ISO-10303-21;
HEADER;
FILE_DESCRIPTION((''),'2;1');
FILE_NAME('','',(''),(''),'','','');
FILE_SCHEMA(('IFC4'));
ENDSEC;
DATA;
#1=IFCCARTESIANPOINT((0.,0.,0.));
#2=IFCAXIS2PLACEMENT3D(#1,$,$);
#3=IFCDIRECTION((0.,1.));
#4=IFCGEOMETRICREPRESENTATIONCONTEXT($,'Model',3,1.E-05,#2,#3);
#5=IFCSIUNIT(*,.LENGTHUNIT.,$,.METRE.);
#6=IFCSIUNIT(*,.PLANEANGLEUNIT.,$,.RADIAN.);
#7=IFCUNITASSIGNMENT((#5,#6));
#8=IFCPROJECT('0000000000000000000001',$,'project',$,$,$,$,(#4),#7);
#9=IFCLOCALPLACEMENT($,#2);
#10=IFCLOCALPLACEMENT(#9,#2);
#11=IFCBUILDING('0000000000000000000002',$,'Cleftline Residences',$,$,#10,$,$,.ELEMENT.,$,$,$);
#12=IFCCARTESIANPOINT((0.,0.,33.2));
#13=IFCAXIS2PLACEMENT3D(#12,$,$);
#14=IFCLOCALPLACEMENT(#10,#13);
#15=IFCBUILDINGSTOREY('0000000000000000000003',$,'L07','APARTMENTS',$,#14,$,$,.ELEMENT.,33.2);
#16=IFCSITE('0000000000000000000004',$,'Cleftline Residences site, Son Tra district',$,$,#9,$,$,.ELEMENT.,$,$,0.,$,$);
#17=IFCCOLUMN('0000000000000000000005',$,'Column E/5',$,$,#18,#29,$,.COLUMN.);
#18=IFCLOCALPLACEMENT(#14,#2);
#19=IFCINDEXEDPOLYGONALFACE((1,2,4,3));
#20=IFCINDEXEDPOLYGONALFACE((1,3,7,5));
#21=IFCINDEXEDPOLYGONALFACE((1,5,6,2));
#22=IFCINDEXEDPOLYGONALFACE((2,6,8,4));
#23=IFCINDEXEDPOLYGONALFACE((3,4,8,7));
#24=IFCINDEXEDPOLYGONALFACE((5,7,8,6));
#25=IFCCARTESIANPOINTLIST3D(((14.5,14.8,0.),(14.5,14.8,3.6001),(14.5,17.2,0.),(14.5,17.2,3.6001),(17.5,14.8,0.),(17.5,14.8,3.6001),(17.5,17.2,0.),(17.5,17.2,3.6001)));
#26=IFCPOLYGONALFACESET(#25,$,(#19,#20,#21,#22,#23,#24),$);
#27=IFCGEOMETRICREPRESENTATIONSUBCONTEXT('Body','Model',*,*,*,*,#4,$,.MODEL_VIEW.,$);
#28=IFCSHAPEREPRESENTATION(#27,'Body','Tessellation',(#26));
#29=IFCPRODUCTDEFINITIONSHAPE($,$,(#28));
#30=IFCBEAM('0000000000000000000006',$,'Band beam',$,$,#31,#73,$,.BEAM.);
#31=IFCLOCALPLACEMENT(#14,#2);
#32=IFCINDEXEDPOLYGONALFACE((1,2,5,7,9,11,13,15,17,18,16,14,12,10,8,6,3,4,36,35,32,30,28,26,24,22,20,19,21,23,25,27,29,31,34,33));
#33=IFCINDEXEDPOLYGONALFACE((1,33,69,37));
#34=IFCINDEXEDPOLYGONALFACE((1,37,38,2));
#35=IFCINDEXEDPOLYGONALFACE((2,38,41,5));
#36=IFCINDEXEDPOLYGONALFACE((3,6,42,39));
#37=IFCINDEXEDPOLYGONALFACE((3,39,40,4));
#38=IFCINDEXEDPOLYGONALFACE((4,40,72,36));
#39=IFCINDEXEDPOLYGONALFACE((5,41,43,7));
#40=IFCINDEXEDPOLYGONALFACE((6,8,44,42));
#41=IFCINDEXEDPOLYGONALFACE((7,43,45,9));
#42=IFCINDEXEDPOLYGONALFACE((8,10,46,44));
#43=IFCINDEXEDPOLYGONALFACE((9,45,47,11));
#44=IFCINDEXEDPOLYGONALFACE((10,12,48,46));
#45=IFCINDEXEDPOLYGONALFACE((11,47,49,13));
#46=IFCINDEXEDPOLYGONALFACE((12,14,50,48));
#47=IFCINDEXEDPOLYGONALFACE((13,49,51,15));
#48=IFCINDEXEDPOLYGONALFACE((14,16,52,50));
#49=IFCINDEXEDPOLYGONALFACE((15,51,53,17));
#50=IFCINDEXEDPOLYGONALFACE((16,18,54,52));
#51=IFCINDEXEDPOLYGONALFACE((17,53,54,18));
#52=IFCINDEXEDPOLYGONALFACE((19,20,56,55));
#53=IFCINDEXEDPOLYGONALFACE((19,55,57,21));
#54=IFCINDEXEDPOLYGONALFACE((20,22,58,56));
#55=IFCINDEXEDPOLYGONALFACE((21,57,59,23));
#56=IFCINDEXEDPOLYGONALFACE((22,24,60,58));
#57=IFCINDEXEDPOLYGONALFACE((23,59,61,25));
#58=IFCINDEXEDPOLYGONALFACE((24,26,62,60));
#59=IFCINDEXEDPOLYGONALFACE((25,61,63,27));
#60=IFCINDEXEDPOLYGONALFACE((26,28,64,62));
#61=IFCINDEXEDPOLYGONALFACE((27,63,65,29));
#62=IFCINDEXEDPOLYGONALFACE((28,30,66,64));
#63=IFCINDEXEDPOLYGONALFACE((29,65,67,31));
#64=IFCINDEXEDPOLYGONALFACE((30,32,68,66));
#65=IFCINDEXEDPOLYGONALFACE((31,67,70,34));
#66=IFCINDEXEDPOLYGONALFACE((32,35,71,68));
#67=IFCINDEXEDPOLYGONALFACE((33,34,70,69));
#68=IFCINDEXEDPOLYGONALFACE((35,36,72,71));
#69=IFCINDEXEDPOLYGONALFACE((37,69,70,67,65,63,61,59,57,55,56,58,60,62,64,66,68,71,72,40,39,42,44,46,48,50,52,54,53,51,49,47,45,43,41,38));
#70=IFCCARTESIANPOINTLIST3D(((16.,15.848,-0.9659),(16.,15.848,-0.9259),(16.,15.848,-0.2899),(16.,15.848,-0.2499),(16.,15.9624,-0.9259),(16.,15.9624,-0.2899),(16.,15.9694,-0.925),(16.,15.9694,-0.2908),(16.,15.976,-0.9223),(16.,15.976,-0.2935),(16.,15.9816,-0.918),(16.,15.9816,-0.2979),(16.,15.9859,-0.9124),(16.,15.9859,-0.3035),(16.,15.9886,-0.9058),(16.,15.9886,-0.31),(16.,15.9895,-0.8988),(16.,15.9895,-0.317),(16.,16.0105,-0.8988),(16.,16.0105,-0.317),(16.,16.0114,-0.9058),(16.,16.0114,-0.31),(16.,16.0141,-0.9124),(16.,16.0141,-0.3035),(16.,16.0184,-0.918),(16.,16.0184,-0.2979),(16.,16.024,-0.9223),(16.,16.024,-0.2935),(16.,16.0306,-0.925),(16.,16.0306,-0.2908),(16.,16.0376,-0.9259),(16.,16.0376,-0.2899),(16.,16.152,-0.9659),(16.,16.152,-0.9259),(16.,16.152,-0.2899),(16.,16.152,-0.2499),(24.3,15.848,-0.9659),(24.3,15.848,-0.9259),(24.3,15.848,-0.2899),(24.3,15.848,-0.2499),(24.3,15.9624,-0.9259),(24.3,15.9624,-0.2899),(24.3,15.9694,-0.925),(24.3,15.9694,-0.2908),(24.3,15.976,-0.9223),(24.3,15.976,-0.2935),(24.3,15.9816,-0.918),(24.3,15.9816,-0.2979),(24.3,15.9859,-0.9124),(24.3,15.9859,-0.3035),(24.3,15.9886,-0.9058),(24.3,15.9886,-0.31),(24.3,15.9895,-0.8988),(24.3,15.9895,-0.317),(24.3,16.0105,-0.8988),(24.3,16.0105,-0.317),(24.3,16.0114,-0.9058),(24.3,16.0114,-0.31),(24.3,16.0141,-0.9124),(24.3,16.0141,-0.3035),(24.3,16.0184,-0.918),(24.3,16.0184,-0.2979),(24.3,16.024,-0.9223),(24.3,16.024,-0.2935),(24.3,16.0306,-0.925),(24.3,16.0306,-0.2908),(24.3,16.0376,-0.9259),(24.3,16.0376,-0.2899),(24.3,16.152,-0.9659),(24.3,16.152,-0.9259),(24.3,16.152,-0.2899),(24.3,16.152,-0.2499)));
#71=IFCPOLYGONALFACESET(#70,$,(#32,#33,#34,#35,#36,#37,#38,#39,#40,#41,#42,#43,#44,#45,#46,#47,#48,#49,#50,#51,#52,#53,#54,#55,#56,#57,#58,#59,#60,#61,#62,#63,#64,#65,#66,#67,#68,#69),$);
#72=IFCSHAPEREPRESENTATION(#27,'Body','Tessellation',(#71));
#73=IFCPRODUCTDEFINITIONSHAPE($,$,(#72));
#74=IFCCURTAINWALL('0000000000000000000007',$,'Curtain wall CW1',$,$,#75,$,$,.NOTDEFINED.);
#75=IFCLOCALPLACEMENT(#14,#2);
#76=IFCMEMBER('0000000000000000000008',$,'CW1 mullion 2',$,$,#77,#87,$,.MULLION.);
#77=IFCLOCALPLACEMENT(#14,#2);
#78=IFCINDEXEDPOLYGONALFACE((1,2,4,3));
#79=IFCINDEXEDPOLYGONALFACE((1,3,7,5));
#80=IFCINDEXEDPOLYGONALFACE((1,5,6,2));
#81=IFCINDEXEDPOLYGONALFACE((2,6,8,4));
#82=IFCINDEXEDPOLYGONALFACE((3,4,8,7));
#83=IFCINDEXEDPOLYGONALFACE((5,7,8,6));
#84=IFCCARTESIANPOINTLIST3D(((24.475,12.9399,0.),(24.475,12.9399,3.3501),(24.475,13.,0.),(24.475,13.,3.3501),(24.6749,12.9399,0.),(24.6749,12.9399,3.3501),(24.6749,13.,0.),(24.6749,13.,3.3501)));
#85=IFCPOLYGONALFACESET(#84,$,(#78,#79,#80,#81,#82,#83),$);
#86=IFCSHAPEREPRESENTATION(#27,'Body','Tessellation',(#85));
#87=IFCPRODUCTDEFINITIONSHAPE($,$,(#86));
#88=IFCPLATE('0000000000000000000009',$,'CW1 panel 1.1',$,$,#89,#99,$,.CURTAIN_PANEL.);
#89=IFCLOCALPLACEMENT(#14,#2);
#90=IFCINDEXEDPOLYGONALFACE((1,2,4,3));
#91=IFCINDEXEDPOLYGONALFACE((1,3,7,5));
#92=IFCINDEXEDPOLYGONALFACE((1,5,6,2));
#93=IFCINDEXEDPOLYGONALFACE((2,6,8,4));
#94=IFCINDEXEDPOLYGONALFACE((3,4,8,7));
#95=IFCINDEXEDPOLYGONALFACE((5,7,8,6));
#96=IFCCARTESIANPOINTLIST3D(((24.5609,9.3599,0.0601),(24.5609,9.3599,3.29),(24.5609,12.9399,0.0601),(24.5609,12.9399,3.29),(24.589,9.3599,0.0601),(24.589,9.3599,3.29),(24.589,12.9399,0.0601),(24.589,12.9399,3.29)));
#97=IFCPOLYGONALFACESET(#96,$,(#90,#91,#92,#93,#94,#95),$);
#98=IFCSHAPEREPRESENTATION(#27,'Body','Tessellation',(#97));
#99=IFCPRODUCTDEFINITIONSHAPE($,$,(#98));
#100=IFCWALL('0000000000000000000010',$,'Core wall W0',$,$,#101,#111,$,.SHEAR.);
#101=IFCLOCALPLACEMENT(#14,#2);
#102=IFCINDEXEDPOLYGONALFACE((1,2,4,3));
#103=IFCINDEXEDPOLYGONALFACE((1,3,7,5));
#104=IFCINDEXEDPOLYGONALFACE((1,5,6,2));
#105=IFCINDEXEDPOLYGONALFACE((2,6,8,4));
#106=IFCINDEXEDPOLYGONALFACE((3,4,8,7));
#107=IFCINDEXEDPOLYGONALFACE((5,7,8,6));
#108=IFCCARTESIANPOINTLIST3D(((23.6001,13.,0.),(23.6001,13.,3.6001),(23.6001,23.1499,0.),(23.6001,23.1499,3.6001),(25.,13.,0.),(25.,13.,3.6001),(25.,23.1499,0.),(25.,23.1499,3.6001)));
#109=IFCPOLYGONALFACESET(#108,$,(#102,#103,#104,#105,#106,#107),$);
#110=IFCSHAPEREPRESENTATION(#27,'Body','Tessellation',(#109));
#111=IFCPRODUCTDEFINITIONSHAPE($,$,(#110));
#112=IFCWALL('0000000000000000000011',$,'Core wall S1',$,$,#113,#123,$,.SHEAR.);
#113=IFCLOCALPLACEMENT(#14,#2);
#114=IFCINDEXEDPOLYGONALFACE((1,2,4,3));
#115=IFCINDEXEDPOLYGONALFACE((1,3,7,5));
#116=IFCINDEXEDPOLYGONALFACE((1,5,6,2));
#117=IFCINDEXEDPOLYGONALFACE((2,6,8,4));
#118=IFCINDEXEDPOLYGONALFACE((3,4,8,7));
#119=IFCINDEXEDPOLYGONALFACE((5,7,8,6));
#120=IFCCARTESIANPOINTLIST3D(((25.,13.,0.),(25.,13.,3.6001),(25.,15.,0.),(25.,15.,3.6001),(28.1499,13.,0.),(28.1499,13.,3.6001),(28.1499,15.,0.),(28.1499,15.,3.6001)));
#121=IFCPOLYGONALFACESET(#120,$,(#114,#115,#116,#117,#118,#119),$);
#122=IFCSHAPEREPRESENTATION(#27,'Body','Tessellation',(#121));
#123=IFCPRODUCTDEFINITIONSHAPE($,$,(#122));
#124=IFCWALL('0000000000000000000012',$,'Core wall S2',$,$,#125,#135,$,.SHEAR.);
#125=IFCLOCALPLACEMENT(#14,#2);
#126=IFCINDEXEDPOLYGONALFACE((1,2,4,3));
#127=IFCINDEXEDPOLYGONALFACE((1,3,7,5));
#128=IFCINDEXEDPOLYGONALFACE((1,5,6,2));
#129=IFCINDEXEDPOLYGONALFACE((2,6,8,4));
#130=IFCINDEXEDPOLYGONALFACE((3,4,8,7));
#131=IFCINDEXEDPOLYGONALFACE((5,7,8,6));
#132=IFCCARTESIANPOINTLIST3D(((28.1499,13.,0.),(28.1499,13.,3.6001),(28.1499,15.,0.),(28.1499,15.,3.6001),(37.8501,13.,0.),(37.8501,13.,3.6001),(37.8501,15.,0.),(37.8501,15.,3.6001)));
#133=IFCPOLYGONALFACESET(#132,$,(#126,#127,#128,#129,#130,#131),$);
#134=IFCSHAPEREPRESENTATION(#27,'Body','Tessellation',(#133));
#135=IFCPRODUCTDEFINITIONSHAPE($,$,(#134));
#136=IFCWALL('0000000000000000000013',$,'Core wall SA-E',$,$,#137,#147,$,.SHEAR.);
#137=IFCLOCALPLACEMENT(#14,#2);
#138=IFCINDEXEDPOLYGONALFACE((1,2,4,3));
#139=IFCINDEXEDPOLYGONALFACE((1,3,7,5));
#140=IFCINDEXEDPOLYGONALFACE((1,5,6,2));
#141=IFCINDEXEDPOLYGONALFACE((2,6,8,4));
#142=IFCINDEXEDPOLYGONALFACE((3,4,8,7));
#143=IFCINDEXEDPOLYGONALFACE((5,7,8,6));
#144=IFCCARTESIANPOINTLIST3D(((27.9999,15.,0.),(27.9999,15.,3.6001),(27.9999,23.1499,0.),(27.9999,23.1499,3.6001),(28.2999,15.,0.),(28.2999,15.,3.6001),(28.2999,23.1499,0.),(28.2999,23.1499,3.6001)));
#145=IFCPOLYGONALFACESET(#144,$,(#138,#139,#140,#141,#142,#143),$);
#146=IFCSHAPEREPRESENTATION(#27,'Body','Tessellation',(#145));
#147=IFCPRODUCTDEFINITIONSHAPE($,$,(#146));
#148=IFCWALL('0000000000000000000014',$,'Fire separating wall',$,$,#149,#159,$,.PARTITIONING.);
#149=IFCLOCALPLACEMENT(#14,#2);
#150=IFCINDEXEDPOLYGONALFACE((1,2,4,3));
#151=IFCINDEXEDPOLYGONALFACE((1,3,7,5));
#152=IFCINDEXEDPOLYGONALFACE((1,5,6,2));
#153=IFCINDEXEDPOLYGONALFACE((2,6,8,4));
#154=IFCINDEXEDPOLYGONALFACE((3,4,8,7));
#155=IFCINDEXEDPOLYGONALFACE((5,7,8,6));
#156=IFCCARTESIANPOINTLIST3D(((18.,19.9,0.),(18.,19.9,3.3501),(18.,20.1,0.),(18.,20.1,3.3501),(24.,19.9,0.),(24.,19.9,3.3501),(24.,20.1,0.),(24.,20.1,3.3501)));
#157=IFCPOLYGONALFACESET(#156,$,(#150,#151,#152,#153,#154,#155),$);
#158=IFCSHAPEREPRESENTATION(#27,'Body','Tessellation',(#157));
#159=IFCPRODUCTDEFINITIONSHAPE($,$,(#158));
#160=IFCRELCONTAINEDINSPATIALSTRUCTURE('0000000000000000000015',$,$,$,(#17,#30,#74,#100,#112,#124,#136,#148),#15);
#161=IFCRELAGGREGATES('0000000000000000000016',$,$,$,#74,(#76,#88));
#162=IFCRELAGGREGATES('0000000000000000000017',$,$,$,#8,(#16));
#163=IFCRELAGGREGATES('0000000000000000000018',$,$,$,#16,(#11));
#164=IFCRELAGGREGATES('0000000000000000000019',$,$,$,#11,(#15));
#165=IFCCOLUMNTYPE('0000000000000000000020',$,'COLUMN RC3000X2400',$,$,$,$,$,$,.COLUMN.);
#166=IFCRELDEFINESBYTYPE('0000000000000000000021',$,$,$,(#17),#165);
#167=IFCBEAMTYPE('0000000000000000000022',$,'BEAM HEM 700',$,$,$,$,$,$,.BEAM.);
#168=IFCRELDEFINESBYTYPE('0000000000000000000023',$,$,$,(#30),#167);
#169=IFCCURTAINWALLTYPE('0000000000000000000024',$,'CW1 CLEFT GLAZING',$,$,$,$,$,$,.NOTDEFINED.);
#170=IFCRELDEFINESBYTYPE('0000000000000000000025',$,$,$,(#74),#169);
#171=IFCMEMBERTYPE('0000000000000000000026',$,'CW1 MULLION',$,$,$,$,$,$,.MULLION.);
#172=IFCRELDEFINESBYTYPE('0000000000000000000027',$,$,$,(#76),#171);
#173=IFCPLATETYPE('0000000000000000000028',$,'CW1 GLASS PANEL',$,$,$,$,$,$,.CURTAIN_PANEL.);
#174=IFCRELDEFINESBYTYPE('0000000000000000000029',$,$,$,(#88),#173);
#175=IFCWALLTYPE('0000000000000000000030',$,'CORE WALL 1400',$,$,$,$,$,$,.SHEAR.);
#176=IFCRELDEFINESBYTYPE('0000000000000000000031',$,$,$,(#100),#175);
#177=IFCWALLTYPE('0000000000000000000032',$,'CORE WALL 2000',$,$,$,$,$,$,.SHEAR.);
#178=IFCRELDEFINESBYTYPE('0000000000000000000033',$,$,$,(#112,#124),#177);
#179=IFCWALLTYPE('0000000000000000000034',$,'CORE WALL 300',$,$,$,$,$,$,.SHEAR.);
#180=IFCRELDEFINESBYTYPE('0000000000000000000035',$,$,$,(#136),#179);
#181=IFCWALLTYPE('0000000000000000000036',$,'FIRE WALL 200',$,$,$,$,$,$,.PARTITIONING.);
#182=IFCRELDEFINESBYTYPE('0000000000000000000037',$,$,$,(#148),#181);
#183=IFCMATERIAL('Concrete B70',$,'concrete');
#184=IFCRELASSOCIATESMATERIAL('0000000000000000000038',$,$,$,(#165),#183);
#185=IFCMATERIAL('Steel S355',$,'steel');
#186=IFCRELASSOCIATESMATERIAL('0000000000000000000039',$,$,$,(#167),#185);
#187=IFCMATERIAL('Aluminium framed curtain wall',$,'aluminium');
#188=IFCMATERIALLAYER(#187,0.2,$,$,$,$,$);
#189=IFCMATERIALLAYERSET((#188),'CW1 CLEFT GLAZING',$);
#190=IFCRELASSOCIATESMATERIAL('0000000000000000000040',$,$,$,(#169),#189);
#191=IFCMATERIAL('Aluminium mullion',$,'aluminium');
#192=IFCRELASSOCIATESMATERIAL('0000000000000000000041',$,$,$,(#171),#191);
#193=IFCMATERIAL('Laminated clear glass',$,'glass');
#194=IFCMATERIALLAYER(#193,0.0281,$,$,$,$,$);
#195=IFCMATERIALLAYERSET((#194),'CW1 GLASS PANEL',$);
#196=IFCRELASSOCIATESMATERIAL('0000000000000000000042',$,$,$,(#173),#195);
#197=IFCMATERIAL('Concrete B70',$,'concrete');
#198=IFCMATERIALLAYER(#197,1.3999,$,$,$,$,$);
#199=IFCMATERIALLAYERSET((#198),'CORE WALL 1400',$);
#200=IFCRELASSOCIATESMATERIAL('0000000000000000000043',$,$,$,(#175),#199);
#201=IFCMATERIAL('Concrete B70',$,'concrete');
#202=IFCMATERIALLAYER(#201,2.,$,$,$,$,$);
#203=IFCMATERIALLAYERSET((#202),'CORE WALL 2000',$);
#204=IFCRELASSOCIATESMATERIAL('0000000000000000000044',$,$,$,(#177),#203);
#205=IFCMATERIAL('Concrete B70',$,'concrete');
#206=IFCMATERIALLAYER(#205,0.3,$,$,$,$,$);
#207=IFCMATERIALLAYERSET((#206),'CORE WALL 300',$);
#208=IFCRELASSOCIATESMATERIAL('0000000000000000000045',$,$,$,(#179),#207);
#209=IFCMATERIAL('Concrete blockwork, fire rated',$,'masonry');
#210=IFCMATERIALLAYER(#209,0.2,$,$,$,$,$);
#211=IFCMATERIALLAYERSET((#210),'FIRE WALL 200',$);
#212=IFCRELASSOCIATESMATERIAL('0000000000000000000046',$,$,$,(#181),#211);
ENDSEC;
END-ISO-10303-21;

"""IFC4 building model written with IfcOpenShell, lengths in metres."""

from ifc_helpers import new_model, si_unit, direction, frame, frame_2d, origin, origin_2d, place, context, subcontext, project, spatial, rectangle, i_section, extrude, material, layer, layer_set, material_profile, profile_set, type_object, element, aggregate, save


model = new_model("IFC4")

# Units and contexts
model_context = context("Model", 3, precision=1e-05, world=origin(), true_north=direction((0.0, 1.0)))
body_context = subcontext(model_context, "Body", "Model", "MODEL_VIEW")
ifc_project = project(units=[si_unit("LENGTHUNIT", "METRE"), si_unit("PLANEANGLEUNIT", "RADIAN")], contexts=[model_context])

# Site, building, storey
site_placement = place(None, origin())
site = spatial("IfcSite", under=ifc_project, at=site_placement, Name="Cleftline Residences site, Son Tra district", CompositionType="ELEMENT", RefElevation=0.0)
building_placement = place(site_placement, origin())
building = spatial("IfcBuilding", under=site, at=building_placement, Name="Cleftline Residences", CompositionType="ELEMENT")
storey_placement = place(building_placement, frame((0.0, 0.0, 33.2)))
storey = spatial("IfcBuildingStorey", under=building, at=storey_placement, Name="L07", Description="APARTMENTS", CompositionType="ELEMENT", Elevation=33.2)

# Column
ifc_material_1 = material(Name="Concrete B70", Category="concrete")
ifc_material_profile_1 = material_profile(ifc_material_1, rectangle(XDim=3.0, YDim=2.3999, at=origin_2d()))
ifc_profile_set_1 = profile_set([ifc_material_profile_1], Name="Concrete B70")
column_type = type_object("IfcColumnType", Name="COLUMN RC3000X2400", PredefinedType="COLUMN", material=ifc_profile_set_1)
column_placement = place(storey_placement, frame((16.0, 16.0, 0.0), z_axis=(0.0, 0.0, 1.0), x_axis=(1.0, 0.0, 0.0)))
element("IfcColumn", 1, at=column_placement, inside=storey, type_object=column_type, Name="Column E/5", PredefinedType="COLUMN", context=body_context, shape_type="SweptSolid", body=[
    extrude(rectangle(XDim=3.0, YDim=2.3999, at=origin_2d()), origin(), (0.0, 0.0, 1.0), 3.6001),
])

# Beam
ifc_material_2 = material(Name="Steel S355", Category="steel")
ifc_material_profile_2 = material_profile(ifc_material_2, i_section(OverallWidth=0.304, OverallDepth=0.7161, WebThickness=0.021, FlangeThickness=0.04, FilletRadius=0.0271, at=origin_2d()))
ifc_profile_set_2 = profile_set([ifc_material_profile_2], Name="Steel S355")
beam_type = type_object("IfcBeamType", Name="BEAM HEM 700", PredefinedType="BEAM", material=ifc_profile_set_2)
beam_placement = place(storey_placement, frame((16.0, 16.0, -0.6079), z_axis=(1.0, 0.0, 0.0), x_axis=(0.0, 1.0, 0.0)))
element("IfcBeam", 2, at=beam_placement, inside=storey, type_object=beam_type, Name="Band beam", PredefinedType="BEAM", context=body_context, shape_type="SweptSolid", body=[
    extrude(i_section(OverallWidth=0.304, OverallDepth=0.7161, WebThickness=0.021, FlangeThickness=0.04, FilletRadius=0.0271, at=origin_2d()), origin(), (0.0, 0.0, 1.0), 8.3),
])

# Curtain wall, member, plate
ifc_material_3 = material(Name="Aluminium framed curtain wall", Category="aluminium")
ifc_layer_1 = layer(ifc_material_3, 0.2)
ifc_layer_set_1 = layer_set([ifc_layer_1], Name="CW1 CLEFT GLAZING")
curtain_wall_type = type_object("IfcCurtainWallType", Name="CW1 CLEFT GLAZING", PredefinedType="NOTDEFINED", material=ifc_layer_set_1)
curtain_wall_placement = place(storey_placement, origin())
curtain_wall = element("IfcCurtainWall", 3, at=curtain_wall_placement, inside=storey, type_object=curtain_wall_type, Name="Curtain wall CW1", PredefinedType="NOTDEFINED")
ifc_material_4 = material(Name="Aluminium mullion", Category="aluminium")
ifc_material_profile_3 = material_profile(ifc_material_4, rectangle(XDim=0.2, YDim=0.0601, at=origin_2d()))
ifc_profile_set_3 = profile_set([ifc_material_profile_3], Name="Aluminium mullion")
member_type = type_object("IfcMemberType", Name="CW1 MULLION", PredefinedType="MULLION", material=ifc_profile_set_3)
member_placement = place(storey_placement, frame((24.575, 12.97, 0.0), z_axis=(0.0, 0.0, 1.0), x_axis=(-1.0, 0.0, 0.0)))
member = element("IfcMember", 4, at=member_placement, type_object=member_type, Name="CW1 mullion 2", PredefinedType="MULLION", context=body_context, shape_type="SweptSolid", body=[
    extrude(rectangle(XDim=0.2, YDim=0.0601, at=origin_2d()), origin(), (0.0, 0.0, 1.0), 3.3501),
])
ifc_material_5 = material(Name="Laminated clear glass", Category="glass")
ifc_layer_2 = layer(ifc_material_5, 0.0281)
ifc_layer_set_2 = layer_set([ifc_layer_2], Name="CW1 GLASS PANEL")
plate_type = type_object("IfcPlateType", Name="CW1 GLASS PANEL", PredefinedType="CURTAIN_PANEL", material=ifc_layer_set_2)
plate_placement = place(storey_placement, frame((24.575, 11.1499, 0.0601), z_axis=(0.0, 0.0, 1.0), x_axis=(0.0, 1.0, 0.0)))
plate = element("IfcPlate", 5, at=plate_placement, type_object=plate_type, Name="CW1 panel 1.1", PredefinedType="CURTAIN_PANEL", context=body_context, shape_type="SweptSolid", body=[
    extrude(rectangle(XDim=3.5801, YDim=0.0281, at=origin_2d()), origin(), (0.0, 0.0, 1.0), 3.23),
])
aggregate(curtain_wall, [member, plate])

# Wall
ifc_material_6 = material(Name="Concrete B70", Category="concrete")
ifc_layer_3 = layer(ifc_material_6, 1.3999)
ifc_layer_set_3 = layer_set([ifc_layer_3], Name="CORE WALL 1400")
wall_type_1 = type_object("IfcWallType", Name="CORE WALL 1400", PredefinedType="SHEAR", material=ifc_layer_set_3)
wall_1_placement = place(storey_placement, frame((24.3, 13.0, 0.0), z_axis=(0.0, 0.0, 1.0), x_axis=(0.0, 1.0, 0.0)))
element("IfcWall", 6, at=wall_1_placement, inside=storey, type_object=wall_type_1, Name="Core wall W0", PredefinedType="SHEAR", context=body_context, shape_type="SweptSolid", body=[
    extrude(rectangle(XDim=10.1499, YDim=1.3999, at=frame_2d((5.075, 0.0))), origin(), (0.0, 0.0, 1.0), 3.6001),
])

# Walls
ifc_material_7 = material(Name="Concrete B70", Category="concrete")
ifc_layer_4 = layer(ifc_material_7, 2.0)
ifc_layer_set_4 = layer_set([ifc_layer_4], Name="CORE WALL 2000")
wall_type_2 = type_object("IfcWallType", Name="CORE WALL 2000", PredefinedType="SHEAR", material=ifc_layer_set_4)
wall_2_placement = place(storey_placement, frame((25.0, 14.0, 0.0), z_axis=(0.0, 0.0, 1.0), x_axis=(1.0, 0.0, 0.0)))
element("IfcWall", 7, at=wall_2_placement, inside=storey, type_object=wall_type_2, Name="Core wall S1", PredefinedType="SHEAR", context=body_context, shape_type="SweptSolid", body=[
    extrude(rectangle(XDim=3.1499, YDim=2.0, at=frame_2d((1.575, 0.0))), origin(), (0.0, 0.0, 1.0), 3.6001),
])
wall_3_placement = place(storey_placement, frame((28.1499, 14.0, 0.0), z_axis=(0.0, 0.0, 1.0), x_axis=(1.0, 0.0, 0.0)))
element("IfcWall", 8, at=wall_3_placement, inside=storey, type_object=wall_type_2, Name="Core wall S2", PredefinedType="SHEAR", context=body_context, shape_type="SweptSolid", body=[
    extrude(rectangle(XDim=9.7002, YDim=2.0, at=frame_2d((4.8501, 0.0))), origin(), (0.0, 0.0, 1.0), 3.6001),
])
ifc_material_8 = material(Name="Concrete B70", Category="concrete")
ifc_layer_5 = layer(ifc_material_8, 0.3)
ifc_layer_set_5 = layer_set([ifc_layer_5], Name="CORE WALL 300")
wall_type_3 = type_object("IfcWallType", Name="CORE WALL 300", PredefinedType="SHEAR", material=ifc_layer_set_5)
wall_4_placement = place(storey_placement, frame((28.1499, 15.0, 0.0), z_axis=(0.0, 0.0, 1.0), x_axis=(0.0, 1.0, 0.0)))
element("IfcWall", 9, at=wall_4_placement, inside=storey, type_object=wall_type_3, Name="Core wall SA-E", PredefinedType="SHEAR", context=body_context, shape_type="SweptSolid", body=[
    extrude(rectangle(XDim=8.1499, YDim=0.3, at=frame_2d((4.075, 0.0))), origin(), (0.0, 0.0, 1.0), 3.6001),
])
ifc_material_9 = material(Name="Concrete blockwork, fire rated", Category="masonry")
ifc_layer_6 = layer(ifc_material_9, 0.2)
ifc_layer_set_6 = layer_set([ifc_layer_6], Name="FIRE WALL 200")
wall_type_4 = type_object("IfcWallType", Name="FIRE WALL 200", PredefinedType="PARTITIONING", material=ifc_layer_set_6)
wall_5_placement = place(storey_placement, frame((18.0, 20.0, 0.0), z_axis=(0.0, 0.0, 1.0), x_axis=(1.0, 0.0, 0.0)))
element("IfcWall", 10, at=wall_5_placement, inside=storey, type_object=wall_type_4, Name="Fire separating wall", PredefinedType="PARTITIONING", context=body_context, shape_type="SweptSolid", body=[
    extrude(rectangle(XDim=6.0, YDim=0.2, at=frame_2d((3.0, 0.0))), origin(), (0.0, 0.0, 1.0), 3.3501),
])

save(model, "model.ifc")
